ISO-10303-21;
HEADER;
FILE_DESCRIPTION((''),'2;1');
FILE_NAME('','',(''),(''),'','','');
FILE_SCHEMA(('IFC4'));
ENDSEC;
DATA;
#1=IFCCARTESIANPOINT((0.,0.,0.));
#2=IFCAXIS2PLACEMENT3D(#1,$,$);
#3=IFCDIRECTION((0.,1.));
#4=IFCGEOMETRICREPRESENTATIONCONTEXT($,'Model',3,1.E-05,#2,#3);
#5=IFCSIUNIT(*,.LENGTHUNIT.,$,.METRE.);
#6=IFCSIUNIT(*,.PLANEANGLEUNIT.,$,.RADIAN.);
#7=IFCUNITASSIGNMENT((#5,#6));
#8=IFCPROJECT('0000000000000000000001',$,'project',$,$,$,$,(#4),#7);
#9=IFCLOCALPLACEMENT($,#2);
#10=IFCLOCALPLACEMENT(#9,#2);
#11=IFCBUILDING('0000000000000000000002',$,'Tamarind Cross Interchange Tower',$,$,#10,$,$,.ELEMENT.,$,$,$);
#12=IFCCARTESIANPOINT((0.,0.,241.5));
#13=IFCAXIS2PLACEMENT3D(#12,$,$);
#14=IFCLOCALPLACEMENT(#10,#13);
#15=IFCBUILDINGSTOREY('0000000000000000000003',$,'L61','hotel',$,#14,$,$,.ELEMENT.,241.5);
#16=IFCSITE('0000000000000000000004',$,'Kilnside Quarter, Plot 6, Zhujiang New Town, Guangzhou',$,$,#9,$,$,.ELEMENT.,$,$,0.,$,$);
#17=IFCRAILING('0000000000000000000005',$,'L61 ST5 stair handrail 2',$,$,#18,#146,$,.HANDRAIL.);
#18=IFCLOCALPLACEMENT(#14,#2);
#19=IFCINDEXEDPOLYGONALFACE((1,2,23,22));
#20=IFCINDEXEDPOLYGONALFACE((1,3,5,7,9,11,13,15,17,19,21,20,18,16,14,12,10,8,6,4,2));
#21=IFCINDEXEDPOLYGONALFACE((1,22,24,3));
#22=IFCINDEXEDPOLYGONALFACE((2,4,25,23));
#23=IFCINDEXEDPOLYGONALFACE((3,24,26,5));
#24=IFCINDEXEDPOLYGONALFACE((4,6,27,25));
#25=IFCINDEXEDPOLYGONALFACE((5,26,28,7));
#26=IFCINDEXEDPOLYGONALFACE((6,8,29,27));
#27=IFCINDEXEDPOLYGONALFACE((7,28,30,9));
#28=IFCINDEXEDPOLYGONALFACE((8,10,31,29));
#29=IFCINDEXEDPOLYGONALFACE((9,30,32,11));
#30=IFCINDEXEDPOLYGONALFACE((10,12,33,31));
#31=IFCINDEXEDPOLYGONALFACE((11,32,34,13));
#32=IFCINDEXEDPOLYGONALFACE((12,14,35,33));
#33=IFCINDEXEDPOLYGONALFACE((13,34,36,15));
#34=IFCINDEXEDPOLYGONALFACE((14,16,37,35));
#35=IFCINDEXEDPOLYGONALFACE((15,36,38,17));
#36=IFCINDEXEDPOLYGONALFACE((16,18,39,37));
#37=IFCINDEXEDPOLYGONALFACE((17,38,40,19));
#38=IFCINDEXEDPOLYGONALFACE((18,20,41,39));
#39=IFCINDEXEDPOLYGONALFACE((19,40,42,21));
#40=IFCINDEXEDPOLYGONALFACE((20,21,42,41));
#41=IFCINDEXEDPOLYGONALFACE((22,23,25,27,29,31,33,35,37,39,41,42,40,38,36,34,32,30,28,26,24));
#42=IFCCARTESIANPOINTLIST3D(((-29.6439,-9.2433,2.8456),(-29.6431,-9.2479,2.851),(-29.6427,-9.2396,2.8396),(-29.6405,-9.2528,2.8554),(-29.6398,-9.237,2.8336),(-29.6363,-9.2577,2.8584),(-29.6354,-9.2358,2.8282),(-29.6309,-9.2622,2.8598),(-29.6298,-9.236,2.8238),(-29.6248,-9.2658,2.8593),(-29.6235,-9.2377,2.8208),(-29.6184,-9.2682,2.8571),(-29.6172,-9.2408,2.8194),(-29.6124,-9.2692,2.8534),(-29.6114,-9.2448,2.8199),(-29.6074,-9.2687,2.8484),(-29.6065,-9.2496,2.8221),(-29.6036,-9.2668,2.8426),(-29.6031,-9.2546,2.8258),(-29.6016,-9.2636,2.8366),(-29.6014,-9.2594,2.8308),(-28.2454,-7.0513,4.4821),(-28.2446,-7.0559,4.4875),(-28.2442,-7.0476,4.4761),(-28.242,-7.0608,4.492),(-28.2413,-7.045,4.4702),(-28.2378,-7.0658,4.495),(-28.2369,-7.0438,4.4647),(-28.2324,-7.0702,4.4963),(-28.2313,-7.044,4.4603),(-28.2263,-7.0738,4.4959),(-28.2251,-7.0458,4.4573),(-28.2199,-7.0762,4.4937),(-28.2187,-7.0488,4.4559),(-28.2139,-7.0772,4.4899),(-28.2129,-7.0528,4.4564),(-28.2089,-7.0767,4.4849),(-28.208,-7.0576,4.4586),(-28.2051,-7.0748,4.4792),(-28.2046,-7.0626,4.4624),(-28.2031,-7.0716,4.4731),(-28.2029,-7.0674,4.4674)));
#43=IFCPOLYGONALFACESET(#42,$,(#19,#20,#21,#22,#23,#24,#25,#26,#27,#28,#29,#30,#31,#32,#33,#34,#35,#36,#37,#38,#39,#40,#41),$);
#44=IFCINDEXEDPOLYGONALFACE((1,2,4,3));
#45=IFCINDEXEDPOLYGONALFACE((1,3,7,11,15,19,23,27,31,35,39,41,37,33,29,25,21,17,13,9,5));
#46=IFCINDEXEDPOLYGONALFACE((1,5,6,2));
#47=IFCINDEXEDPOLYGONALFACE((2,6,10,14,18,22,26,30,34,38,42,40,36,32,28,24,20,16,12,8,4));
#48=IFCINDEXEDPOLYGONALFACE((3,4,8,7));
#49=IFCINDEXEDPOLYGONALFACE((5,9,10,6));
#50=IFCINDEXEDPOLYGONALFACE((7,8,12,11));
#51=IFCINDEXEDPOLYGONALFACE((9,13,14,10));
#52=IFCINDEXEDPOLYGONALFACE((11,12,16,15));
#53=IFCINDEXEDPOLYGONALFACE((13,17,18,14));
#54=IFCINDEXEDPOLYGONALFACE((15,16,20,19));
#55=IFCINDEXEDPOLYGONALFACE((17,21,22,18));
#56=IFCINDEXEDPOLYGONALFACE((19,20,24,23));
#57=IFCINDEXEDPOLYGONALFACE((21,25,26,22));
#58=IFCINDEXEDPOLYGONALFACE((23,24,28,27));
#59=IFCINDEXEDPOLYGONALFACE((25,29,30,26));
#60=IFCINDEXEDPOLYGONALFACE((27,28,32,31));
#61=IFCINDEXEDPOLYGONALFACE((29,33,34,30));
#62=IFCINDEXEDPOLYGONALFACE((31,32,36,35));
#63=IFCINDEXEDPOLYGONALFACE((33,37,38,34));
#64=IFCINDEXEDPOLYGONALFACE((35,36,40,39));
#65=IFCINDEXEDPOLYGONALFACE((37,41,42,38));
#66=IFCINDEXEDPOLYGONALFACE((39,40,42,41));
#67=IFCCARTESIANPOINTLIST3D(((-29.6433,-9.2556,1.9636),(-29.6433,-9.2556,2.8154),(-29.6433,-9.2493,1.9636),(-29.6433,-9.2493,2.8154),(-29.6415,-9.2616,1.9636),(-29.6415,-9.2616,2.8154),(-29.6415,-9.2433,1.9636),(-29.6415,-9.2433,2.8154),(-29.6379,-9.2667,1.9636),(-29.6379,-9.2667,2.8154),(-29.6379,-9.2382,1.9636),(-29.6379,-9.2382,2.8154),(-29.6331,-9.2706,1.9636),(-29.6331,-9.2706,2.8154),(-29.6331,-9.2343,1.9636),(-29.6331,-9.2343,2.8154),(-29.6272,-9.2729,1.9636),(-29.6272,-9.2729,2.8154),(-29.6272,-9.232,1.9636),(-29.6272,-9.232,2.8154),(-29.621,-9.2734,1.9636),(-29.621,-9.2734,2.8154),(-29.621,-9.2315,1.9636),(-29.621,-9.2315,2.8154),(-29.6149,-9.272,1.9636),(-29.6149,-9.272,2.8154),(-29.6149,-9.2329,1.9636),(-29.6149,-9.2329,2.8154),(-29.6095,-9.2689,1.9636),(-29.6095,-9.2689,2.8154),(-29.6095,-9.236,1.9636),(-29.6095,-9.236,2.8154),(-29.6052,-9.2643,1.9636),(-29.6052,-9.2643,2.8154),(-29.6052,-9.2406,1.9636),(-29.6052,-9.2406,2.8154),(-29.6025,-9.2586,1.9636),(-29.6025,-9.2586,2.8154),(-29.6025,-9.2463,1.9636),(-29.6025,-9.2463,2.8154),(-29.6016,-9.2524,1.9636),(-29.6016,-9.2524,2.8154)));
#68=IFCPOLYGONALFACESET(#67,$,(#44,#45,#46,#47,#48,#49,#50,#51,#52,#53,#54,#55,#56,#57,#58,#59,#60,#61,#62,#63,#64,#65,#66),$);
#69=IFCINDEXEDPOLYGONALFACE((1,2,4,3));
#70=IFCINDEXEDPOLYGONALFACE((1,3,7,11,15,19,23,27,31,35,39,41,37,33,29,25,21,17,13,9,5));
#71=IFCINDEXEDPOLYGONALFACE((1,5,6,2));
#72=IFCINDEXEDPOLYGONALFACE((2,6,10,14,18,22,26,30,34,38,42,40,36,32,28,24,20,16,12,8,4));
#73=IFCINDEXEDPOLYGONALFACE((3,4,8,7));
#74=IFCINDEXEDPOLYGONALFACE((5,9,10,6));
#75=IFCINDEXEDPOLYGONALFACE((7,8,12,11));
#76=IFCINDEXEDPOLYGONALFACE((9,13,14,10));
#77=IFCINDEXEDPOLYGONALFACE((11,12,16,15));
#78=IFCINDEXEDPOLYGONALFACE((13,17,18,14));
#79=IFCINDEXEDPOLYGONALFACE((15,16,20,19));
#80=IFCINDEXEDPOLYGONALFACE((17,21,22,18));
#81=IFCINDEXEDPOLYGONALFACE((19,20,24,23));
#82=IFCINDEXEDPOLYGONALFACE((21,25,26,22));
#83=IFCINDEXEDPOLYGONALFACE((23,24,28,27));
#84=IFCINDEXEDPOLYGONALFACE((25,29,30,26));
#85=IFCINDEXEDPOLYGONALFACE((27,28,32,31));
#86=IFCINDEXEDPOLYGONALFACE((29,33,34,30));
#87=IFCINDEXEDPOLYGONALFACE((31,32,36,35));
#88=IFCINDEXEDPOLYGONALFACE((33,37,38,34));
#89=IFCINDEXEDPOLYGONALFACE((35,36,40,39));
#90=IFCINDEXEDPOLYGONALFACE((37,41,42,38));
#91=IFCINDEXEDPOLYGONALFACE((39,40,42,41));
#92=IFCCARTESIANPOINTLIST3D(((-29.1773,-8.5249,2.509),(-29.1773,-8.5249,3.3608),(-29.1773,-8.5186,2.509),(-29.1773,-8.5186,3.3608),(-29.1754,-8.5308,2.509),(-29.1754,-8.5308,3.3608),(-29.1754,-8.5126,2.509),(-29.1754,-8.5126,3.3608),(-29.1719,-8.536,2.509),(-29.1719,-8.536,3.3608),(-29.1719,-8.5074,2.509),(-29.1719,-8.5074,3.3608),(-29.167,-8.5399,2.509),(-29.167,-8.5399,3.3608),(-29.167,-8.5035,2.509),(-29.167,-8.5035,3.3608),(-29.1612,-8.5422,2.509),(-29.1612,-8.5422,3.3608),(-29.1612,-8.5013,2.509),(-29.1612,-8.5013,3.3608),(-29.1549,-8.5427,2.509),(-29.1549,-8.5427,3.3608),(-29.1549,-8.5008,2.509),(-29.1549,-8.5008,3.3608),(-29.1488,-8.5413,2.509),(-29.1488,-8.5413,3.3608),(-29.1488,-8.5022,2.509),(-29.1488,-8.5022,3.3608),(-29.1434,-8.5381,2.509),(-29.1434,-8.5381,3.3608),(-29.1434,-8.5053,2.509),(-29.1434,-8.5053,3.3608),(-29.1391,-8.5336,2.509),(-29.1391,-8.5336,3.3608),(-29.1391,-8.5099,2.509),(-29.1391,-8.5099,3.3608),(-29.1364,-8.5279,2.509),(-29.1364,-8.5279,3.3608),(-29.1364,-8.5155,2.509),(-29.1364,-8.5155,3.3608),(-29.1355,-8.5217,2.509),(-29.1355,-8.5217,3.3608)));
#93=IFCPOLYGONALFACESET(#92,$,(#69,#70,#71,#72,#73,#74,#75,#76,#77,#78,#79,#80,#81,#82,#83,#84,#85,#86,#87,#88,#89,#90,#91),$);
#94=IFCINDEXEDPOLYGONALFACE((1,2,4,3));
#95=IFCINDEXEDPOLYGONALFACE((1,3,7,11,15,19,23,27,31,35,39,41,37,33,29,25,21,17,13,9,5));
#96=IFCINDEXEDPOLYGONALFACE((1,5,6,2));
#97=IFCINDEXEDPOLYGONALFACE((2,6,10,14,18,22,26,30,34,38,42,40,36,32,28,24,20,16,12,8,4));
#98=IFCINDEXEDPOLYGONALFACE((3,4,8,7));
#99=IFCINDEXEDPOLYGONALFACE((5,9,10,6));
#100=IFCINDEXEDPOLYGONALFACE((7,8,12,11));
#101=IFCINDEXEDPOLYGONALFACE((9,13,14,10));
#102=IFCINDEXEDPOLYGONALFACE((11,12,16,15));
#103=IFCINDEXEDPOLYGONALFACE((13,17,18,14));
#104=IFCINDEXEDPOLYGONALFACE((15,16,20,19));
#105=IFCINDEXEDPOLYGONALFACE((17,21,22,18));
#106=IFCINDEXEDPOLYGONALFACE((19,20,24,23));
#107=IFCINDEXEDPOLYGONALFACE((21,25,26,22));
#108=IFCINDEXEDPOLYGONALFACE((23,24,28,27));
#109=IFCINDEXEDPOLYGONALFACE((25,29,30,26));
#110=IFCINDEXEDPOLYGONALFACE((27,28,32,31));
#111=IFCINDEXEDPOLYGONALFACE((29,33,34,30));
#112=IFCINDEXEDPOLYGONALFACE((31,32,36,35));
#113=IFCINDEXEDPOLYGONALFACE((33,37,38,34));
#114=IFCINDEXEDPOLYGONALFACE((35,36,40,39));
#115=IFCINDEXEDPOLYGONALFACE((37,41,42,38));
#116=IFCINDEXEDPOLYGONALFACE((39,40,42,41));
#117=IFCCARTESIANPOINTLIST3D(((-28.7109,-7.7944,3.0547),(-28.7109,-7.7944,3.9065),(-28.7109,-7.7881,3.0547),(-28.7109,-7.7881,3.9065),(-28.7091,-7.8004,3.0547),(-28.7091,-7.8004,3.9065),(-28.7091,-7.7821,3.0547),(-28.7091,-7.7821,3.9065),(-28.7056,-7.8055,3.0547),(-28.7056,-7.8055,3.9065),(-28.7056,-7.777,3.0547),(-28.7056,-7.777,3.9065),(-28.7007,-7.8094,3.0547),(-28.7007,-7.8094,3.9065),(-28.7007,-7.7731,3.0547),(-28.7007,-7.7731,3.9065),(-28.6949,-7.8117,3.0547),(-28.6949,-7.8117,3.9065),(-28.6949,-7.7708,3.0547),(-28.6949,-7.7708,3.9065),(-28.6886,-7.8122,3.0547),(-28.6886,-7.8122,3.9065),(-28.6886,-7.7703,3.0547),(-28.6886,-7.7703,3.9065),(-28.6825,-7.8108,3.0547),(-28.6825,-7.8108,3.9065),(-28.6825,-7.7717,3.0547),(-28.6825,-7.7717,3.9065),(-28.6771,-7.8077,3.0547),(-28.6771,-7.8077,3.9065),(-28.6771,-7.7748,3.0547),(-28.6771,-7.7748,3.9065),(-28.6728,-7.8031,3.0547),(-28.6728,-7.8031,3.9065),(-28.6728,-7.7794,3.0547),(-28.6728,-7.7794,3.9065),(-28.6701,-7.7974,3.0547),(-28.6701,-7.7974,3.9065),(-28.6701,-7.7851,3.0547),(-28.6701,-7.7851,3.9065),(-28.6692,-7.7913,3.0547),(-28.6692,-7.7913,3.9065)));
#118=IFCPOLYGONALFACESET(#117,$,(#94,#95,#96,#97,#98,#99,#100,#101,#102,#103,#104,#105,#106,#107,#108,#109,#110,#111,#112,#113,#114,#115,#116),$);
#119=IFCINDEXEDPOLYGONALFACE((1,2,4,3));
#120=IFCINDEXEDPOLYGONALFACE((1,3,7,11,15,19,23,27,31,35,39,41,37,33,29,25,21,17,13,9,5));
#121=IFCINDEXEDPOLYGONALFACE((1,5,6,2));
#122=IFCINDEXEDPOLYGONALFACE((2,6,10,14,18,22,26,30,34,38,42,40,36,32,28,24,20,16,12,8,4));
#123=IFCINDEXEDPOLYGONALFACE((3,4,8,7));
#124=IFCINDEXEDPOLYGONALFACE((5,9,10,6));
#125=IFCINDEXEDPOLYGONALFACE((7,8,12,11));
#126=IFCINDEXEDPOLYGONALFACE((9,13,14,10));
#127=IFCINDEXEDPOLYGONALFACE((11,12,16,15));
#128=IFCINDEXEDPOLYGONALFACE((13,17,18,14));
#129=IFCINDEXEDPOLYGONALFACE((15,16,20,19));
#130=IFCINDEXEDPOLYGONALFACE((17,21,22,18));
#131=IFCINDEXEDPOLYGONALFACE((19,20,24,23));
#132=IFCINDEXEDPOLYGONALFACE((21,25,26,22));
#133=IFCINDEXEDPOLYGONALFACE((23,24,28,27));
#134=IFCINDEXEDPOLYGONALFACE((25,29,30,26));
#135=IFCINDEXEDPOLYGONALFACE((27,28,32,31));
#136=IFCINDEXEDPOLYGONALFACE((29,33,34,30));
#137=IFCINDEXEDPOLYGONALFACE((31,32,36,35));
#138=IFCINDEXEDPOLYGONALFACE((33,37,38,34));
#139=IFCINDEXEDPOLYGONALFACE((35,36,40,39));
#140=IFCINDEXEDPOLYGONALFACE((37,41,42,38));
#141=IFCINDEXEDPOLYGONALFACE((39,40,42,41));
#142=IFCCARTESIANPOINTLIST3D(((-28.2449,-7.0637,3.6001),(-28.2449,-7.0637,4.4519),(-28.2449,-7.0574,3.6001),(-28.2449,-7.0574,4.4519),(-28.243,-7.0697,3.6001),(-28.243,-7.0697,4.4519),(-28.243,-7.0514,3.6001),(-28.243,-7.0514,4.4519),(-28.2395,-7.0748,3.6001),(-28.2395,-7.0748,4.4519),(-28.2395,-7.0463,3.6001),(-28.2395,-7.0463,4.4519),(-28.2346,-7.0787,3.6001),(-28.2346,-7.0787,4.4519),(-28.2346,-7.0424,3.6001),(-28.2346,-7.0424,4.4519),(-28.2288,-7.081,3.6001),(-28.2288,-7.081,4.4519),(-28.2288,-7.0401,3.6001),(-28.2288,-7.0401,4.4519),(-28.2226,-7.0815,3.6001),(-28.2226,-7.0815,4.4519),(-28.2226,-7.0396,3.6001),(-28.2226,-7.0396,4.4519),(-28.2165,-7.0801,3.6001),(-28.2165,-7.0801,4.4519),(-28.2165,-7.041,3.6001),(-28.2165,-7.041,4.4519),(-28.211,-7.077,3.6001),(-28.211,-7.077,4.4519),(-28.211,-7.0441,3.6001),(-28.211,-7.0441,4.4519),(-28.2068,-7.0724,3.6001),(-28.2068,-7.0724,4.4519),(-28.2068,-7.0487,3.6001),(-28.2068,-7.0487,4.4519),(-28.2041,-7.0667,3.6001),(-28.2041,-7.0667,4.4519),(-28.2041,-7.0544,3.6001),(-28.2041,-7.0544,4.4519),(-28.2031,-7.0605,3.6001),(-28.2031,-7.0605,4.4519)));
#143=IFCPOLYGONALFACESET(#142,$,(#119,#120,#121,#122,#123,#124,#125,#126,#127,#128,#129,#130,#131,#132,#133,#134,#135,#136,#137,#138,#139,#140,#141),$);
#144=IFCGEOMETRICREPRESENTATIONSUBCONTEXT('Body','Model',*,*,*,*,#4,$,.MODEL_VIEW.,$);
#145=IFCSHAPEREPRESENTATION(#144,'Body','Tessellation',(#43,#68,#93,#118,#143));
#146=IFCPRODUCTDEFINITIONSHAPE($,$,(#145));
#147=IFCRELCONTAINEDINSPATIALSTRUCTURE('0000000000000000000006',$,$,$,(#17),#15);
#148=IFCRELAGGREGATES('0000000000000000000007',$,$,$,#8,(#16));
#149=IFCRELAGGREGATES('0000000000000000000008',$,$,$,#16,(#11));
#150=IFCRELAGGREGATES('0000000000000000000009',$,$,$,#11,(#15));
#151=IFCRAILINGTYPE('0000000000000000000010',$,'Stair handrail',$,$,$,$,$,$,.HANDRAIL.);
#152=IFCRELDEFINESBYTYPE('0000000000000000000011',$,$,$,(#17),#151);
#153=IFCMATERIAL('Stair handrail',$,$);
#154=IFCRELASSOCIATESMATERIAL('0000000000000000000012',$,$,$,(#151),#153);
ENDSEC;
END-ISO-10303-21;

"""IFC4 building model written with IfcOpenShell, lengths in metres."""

from ifc_helpers import new_model, si_unit, direction, frame, origin, origin_2d, place, context, subcontext, project, spatial, circle, extrude, material, type_object, element, save


model = new_model("IFC4")

# Units and contexts
model_context = context("Model", 3, precision=1e-05, world=origin(), true_north=direction((0.0, 1.0)))
body_context = subcontext(model_context, "Body", "Model", "MODEL_VIEW")
ifc_project = project(units=[si_unit("LENGTHUNIT", "METRE"), si_unit("PLANEANGLEUNIT", "RADIAN")], contexts=[model_context])

# Site, building, storey
site_placement = place(None, origin())
site = spatial("IfcSite", under=ifc_project, at=site_placement, Name="Kilnside Quarter, Plot 6, Zhujiang New Town, Guangzhou", CompositionType="ELEMENT", RefElevation=0.0)
building_placement = place(site_placement, origin())
building = spatial("IfcBuilding", under=site, at=building_placement, Name="Tamarind Cross Interchange Tower", CompositionType="ELEMENT")
storey_placement = place(building_placement, frame((0.0, 0.0, 241.5)))
storey = spatial("IfcBuildingStorey", under=building, at=storey_placement, Name="L61", Description="hotel", CompositionType="ELEMENT", Elevation=241.5)

# Railing
ifc_material_1 = material(Name="Stair handrail")
railing_type_1 = type_object("IfcRailingType", Name="Stair handrail", PredefinedType="HANDRAIL", material=ifc_material_1)
railing_1_placement = place(storey_placement, frame((-29.6226, -9.2524, 1.9636)))
element("IfcRailing", 1, at=railing_1_placement, inside=storey, type_object=railing_type_1, Name="L61 ST5 stair handrail 2", PredefinedType="HANDRAIL", context=body_context, shape_type="SweptSolid", body=[
    extrude(circle(Radius=0.0239, at=origin_2d()), frame((0.0, 0.0, 0.876), z_axis=(0.455199, 0.713474, 0.532681), x_axis=(-0.843035, 0.537859, 0.0)), (0.0, 0.0, 1.0), 3.0723),
    extrude(circle(Radius=0.021, at=origin_2d()), origin(), (0.0, 0.0, 1.0), 0.8518),
    extrude(circle(Radius=0.021, at=origin_2d()), frame((0.4661, 0.7307, 0.5454)), (0.0, 0.0, 1.0), 0.8518),
    extrude(circle(Radius=0.021, at=origin_2d()), frame((0.9324, 1.4612, 1.0911)), (0.0, 0.0, 1.0), 0.8518),
    extrude(circle(Radius=0.021, at=origin_2d()), frame((1.3984, 2.1919, 1.6365)), (0.0, 0.0, 1.0), 0.8518),
])

save(model, "model.ifc")
